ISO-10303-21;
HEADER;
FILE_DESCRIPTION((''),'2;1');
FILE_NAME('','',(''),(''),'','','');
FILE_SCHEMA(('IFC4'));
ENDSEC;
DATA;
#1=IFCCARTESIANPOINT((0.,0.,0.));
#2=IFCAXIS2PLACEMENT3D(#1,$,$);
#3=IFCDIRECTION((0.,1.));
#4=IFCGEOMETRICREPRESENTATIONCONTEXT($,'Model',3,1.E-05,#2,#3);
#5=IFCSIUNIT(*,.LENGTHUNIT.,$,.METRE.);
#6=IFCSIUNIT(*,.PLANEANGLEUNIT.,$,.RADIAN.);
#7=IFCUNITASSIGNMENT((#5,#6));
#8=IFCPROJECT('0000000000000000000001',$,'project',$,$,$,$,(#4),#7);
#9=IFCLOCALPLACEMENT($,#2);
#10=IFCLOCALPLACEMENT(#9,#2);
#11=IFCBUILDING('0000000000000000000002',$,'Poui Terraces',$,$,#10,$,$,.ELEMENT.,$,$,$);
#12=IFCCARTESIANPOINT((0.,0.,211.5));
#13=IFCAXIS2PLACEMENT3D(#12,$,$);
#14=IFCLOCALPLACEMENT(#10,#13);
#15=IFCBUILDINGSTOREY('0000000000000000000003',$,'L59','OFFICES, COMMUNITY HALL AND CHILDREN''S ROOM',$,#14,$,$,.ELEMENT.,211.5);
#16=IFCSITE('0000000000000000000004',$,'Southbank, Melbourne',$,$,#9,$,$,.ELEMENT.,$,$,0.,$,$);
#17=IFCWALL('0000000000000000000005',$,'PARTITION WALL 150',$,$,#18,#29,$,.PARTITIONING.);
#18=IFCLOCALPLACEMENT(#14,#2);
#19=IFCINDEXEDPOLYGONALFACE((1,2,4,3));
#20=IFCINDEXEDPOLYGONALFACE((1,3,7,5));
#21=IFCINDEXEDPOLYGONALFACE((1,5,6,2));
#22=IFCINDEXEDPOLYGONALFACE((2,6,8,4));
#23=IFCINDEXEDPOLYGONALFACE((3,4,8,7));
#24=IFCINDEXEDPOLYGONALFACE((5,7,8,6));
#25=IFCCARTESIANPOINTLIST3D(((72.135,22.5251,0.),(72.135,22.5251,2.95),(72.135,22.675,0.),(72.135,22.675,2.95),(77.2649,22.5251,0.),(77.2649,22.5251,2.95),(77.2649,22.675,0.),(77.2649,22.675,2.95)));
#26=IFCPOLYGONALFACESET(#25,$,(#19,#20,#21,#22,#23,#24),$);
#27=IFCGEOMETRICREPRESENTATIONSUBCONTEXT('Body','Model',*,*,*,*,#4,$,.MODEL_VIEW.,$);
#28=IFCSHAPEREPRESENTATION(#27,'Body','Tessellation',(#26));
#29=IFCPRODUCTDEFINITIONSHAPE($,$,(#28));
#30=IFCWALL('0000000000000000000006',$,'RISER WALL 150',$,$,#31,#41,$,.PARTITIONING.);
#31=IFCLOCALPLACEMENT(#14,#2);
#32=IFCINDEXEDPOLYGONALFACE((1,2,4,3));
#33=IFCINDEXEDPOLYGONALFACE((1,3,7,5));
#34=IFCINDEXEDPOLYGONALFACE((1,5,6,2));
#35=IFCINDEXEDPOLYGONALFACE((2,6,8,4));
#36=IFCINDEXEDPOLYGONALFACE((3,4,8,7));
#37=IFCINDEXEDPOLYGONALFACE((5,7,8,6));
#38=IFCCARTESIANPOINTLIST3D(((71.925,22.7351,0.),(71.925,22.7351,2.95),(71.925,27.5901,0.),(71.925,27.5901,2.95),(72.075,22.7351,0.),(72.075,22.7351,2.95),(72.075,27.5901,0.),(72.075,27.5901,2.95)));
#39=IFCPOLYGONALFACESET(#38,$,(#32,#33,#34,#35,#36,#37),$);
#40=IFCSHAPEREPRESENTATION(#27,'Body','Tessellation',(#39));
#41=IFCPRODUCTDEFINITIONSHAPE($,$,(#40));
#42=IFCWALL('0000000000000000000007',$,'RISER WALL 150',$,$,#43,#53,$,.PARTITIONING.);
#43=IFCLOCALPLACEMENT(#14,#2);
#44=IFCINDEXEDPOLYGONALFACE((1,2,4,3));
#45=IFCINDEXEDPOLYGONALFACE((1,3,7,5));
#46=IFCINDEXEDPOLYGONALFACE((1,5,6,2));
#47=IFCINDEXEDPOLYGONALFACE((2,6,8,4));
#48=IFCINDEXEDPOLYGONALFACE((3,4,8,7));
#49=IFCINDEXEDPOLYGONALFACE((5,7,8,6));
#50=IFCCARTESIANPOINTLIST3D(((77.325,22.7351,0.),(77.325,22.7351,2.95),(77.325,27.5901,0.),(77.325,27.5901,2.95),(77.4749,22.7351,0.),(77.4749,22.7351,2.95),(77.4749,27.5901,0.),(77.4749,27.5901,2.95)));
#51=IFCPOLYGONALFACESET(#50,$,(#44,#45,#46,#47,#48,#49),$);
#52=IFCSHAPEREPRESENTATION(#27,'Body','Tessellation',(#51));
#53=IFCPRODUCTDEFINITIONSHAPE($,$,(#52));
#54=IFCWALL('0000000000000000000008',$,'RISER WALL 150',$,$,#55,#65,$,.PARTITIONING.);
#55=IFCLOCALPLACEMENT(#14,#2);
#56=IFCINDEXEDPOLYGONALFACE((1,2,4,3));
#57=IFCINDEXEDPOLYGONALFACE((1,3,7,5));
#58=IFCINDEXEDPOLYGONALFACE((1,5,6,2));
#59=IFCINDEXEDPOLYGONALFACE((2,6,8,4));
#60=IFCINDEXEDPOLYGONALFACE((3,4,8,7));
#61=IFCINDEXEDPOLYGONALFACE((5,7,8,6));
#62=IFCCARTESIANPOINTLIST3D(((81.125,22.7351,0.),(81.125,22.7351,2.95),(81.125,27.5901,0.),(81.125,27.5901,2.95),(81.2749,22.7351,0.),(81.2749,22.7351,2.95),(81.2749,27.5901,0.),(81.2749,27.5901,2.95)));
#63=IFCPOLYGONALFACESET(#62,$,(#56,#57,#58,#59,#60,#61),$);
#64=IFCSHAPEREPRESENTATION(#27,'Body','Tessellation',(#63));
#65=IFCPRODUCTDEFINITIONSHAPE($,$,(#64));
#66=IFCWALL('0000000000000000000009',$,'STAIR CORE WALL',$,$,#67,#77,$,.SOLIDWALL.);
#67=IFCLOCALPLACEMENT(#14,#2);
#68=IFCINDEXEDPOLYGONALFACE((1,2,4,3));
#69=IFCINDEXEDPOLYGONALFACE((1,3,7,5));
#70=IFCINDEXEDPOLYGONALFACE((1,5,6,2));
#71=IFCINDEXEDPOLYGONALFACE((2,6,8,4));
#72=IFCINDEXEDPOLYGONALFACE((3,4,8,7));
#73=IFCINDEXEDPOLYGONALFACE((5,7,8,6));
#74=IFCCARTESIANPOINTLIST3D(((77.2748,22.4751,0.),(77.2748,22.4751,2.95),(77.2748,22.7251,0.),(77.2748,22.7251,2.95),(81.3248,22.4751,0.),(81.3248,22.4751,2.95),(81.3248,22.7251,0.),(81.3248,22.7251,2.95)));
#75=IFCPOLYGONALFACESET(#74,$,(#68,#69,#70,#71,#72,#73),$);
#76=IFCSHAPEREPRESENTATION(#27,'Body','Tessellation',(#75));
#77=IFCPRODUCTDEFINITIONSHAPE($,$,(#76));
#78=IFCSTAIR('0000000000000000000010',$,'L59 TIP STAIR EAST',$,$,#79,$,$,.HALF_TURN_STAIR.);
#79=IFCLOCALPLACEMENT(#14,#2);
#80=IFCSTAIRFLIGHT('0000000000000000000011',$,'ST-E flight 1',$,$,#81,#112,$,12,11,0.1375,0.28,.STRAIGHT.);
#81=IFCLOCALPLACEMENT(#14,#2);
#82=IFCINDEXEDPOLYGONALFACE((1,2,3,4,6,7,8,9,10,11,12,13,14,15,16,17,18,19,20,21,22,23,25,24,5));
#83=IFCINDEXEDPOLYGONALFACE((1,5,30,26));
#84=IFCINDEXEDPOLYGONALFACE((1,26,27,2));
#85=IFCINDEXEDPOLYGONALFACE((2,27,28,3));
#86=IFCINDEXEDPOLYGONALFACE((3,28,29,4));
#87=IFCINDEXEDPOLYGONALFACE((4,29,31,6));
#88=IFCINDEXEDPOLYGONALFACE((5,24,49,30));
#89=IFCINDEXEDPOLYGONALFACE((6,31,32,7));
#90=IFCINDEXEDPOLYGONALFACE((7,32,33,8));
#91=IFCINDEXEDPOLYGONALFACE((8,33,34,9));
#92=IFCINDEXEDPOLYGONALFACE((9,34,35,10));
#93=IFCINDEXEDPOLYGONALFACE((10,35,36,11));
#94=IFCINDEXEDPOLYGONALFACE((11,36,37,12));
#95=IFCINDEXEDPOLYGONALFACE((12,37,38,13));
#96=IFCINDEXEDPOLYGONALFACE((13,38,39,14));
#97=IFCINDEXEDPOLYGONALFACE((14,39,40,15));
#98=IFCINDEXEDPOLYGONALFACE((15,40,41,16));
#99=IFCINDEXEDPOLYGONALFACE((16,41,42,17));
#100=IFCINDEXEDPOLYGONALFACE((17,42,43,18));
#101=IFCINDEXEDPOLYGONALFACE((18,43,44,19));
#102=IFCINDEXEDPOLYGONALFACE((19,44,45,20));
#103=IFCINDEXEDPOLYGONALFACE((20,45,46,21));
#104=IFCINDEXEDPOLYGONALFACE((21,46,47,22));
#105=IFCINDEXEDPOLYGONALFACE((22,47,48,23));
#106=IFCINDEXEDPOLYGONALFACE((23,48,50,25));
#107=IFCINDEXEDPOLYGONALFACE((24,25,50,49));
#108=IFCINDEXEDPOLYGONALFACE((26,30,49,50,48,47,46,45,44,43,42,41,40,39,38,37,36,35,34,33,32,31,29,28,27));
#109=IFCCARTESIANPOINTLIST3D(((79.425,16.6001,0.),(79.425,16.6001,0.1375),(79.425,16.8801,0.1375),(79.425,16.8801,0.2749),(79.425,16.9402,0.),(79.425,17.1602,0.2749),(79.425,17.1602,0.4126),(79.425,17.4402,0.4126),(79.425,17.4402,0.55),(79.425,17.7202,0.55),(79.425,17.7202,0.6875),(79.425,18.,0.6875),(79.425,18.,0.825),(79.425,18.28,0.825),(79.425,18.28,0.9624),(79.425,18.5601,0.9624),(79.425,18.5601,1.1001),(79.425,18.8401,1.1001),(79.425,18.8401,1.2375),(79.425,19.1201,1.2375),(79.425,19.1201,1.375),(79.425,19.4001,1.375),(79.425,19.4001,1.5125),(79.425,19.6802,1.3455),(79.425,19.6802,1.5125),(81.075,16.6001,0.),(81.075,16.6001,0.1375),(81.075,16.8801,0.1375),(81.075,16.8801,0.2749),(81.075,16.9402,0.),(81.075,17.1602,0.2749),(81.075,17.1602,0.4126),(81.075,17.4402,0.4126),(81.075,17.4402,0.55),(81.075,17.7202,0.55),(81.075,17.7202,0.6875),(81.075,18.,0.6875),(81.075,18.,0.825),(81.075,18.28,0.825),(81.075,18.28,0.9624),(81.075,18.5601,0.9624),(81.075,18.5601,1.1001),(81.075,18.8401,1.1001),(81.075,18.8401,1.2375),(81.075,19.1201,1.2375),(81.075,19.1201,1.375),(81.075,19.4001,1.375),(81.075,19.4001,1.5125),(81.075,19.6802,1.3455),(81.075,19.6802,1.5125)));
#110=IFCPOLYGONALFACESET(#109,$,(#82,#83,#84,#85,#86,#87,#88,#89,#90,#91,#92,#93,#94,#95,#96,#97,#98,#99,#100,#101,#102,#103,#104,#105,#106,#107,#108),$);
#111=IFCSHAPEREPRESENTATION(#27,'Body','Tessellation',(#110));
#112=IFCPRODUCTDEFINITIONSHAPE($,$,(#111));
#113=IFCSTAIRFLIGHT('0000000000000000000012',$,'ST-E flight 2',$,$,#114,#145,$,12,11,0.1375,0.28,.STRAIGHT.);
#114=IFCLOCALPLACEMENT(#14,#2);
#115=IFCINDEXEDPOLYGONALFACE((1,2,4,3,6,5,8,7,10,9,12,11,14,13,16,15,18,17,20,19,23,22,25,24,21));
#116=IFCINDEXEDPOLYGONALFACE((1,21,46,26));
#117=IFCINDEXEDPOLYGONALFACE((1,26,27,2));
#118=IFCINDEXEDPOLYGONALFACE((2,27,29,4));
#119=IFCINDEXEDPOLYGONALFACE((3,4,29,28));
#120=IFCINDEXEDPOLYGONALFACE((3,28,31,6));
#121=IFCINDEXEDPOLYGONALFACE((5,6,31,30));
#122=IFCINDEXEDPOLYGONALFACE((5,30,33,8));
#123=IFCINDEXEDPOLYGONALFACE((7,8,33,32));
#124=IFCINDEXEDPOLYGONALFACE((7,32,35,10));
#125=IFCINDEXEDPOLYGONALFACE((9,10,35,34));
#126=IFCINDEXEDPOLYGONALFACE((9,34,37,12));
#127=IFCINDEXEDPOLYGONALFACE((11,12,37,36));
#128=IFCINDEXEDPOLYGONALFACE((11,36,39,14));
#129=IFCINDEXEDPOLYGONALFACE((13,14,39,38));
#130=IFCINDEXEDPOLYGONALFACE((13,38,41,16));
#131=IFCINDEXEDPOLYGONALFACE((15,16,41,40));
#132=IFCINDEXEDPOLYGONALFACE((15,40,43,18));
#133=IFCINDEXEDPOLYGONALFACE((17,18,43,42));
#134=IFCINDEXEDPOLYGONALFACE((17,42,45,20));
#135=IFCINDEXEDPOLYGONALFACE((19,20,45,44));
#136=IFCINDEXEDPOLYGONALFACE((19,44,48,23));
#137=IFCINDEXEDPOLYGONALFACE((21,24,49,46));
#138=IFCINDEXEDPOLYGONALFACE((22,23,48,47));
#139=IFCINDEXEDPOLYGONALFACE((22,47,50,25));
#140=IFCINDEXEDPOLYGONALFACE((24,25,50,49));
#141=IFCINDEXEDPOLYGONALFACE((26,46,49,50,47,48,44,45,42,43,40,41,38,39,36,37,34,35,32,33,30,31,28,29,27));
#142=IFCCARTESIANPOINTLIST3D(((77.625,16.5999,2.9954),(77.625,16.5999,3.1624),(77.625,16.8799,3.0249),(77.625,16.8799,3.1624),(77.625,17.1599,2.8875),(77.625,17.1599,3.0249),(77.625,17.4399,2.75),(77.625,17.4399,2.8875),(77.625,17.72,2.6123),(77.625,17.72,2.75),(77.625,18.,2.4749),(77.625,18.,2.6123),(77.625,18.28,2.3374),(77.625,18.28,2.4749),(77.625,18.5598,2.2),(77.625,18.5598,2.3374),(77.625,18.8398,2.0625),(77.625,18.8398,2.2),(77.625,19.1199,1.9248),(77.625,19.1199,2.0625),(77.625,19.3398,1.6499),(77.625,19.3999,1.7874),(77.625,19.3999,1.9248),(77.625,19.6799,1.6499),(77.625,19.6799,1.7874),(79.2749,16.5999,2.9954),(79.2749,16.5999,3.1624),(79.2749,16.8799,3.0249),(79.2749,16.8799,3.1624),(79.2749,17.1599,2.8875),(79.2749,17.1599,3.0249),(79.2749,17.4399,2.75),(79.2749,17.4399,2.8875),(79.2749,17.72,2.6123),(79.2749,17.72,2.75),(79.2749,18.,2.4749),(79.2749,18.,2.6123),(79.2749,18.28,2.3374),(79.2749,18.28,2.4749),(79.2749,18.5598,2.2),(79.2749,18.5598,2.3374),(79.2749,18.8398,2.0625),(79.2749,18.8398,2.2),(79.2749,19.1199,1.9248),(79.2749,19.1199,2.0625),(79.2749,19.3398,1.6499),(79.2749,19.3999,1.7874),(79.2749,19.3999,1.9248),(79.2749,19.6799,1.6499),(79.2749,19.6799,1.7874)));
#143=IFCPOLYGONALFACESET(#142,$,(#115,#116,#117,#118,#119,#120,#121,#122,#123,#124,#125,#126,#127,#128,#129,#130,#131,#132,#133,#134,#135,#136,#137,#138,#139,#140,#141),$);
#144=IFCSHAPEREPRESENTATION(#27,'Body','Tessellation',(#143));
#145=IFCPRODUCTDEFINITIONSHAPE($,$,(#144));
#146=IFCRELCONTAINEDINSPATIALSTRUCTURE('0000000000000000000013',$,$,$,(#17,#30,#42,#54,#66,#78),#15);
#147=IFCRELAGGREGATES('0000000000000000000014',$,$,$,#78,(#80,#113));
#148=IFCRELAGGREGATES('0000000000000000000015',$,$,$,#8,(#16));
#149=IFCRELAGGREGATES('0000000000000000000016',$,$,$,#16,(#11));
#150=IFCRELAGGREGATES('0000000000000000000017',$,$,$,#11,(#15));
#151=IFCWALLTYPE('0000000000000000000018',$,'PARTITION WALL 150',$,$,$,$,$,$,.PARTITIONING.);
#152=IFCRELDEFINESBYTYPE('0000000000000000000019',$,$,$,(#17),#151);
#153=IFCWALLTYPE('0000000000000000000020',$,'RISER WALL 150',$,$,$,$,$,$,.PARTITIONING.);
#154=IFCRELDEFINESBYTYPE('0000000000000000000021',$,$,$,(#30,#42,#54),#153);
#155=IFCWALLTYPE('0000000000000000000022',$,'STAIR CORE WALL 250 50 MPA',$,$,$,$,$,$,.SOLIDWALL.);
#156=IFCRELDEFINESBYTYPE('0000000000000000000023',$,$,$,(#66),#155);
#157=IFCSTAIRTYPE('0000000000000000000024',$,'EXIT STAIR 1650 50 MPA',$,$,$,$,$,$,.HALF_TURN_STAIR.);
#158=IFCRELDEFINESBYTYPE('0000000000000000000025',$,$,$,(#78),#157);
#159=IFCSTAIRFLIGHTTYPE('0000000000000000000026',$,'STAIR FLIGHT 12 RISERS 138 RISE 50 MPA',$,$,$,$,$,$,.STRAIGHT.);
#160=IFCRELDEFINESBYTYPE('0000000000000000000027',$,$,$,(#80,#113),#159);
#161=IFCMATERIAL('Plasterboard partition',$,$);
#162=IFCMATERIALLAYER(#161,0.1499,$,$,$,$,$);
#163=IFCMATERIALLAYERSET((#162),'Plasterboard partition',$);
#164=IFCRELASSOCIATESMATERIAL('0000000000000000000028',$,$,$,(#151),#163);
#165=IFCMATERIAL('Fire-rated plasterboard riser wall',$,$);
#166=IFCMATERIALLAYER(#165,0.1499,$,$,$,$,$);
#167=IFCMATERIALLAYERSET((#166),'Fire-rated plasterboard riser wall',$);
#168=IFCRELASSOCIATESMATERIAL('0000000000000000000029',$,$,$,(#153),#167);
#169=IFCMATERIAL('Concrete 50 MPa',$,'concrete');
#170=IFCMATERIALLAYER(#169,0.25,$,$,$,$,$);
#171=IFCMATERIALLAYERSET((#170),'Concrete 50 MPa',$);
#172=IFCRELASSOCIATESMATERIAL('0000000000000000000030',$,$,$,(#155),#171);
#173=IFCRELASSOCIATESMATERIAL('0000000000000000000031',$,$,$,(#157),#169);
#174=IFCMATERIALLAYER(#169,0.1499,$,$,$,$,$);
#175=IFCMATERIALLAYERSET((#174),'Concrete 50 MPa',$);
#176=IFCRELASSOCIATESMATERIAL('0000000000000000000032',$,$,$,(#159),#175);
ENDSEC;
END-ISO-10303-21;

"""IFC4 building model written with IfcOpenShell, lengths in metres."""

from ifc_helpers import new_model, si_unit, direction, frame, frame_2d, origin, place, context, subcontext, project, spatial, polyline, rectangle, outline, extrude, material, layer, layer_set, type_object, element, aggregate, save


model = new_model("IFC4")

# Units and contexts
model_context = context("Model", 3, precision=1e-05, world=origin(), true_north=direction((0.0, 1.0)))
body_context = subcontext(model_context, "Body", "Model", "MODEL_VIEW")
ifc_project = project(units=[si_unit("LENGTHUNIT", "METRE"), si_unit("PLANEANGLEUNIT", "RADIAN")], contexts=[model_context])

# Site, building, storey
site_placement = place(None, origin())
site = spatial("IfcSite", under=ifc_project, at=site_placement, Name="Southbank, Melbourne", CompositionType="ELEMENT", RefElevation=0.0)
building_placement = place(site_placement, origin())
building = spatial("IfcBuilding", under=site, at=building_placement, Name="Poui Terraces", CompositionType="ELEMENT")
storey_placement = place(building_placement, frame((0.0, 0.0, 211.5)))
storey = spatial("IfcBuildingStorey", under=building, at=storey_placement, Name="L59", Description="OFFICES, COMMUNITY HALL AND CHILDREN'S ROOM", CompositionType="ELEMENT", Elevation=211.5)

# Walls
ifc_material_1 = material(Name="Plasterboard partition")
ifc_layer_1 = layer(ifc_material_1, 0.1499)
ifc_layer_set_1 = layer_set([ifc_layer_1], Name="Plasterboard partition")
wall_type_1 = type_object("IfcWallType", Name="PARTITION WALL 150", PredefinedType="PARTITIONING", material=ifc_layer_set_1)
wall_1_placement = place(storey_placement, frame((72.135, 22.6001, 0.0), z_axis=(0.0, 0.0, 1.0), x_axis=(1.0, 0.0, 0.0)))
element("IfcWall", 1, at=wall_1_placement, inside=storey, type_object=wall_type_1, Name="PARTITION WALL 150", PredefinedType="PARTITIONING", context=body_context, shape_type="SweptSolid", body=[
    extrude(rectangle(XDim=5.1299, YDim=0.1499, at=frame_2d((2.5649, 0.0))), origin(), (0.0, 0.0, 1.0), 2.95),
])
ifc_material_2 = material(Name="Fire-rated plasterboard riser wall")
ifc_layer_2 = layer(ifc_material_2, 0.1499)
ifc_layer_set_2 = layer_set([ifc_layer_2], Name="Fire-rated plasterboard riser wall")
wall_type_2 = type_object("IfcWallType", Name="RISER WALL 150", PredefinedType="PARTITIONING", material=ifc_layer_set_2)
for number, where, z_axis, x_axis, name in (
    (2, (72.0, 22.7351, 0.0), (0.0, 0.0, 1.0), (0.0, 1.0, 0.0), "RISER WALL 150"),
    (3, (77.3999, 22.7351, 0.0), (0.0, 0.0, 1.0), (0.0, 1.0, 0.0), "RISER WALL 150"),
    (4, (81.2, 22.7351, 0.0), (0.0, 0.0, 1.0), (0.0, 1.0, 0.0), "RISER WALL 150"),
):
    element("IfcWall", number, at=place(storey_placement, frame(where, z_axis=z_axis, x_axis=x_axis)), inside=storey, type_object=wall_type_2, Name=name, PredefinedType="PARTITIONING", context=body_context, shape_type="SweptSolid", body=[
        extrude(rectangle(XDim=4.855, YDim=0.1499, at=frame_2d((2.4275, 0.0))), origin(), (0.0, 0.0, 1.0), 2.95),
    ])
ifc_material_3 = material(Name="Concrete 50 MPa", Category="concrete")
ifc_layer_3 = layer(ifc_material_3, 0.25)
ifc_layer_set_3 = layer_set([ifc_layer_3], Name="Concrete 50 MPa")
wall_type_3 = type_object("IfcWallType", Name="STAIR CORE WALL 250 50 MPA", PredefinedType="SOLIDWALL", material=ifc_layer_set_3)
wall_2_placement = place(storey_placement, frame((77.2749, 22.6001, 0.0), z_axis=(0.0, 0.0, 1.0), x_axis=(1.0, 0.0, 0.0)))
element("IfcWall", 5, at=wall_2_placement, inside=storey, type_object=wall_type_3, Name="STAIR CORE WALL", PredefinedType="SOLIDWALL", context=body_context, shape_type="SweptSolid", body=[
    extrude(rectangle(XDim=4.05, YDim=0.25, at=frame_2d((2.0249, 0.0))), origin(), (0.0, 0.0, 1.0), 2.95),
])

# Stair, stair flights
stair_type = type_object("IfcStairType", Name="EXIT STAIR 1650 50 MPA", PredefinedType="HALF_TURN_STAIR", material=ifc_material_3)
stair_placement = place(storey_placement, origin())
stair = element("IfcStair", 6, at=stair_placement, inside=storey, type_object=stair_type, Name="L59 TIP STAIR EAST", PredefinedType="HALF_TURN_STAIR")
ifc_layer_4 = layer(ifc_material_3, 0.1499)
ifc_layer_set_4 = layer_set([ifc_layer_4], Name="Concrete 50 MPa")
stair_flight_type = type_object("IfcStairFlightType", Name="STAIR FLIGHT 12 RISERS 138 RISE 50 MPA", PredefinedType="STRAIGHT", material=ifc_layer_set_4)
stair_flight_1_placement = place(storey_placement, frame((80.25, 16.6001, 0.0), z_axis=(0.0, 0.0, 1.0), x_axis=(0.0, 1.0, 0.0)))
stair_flight_1 = element("IfcStairFlight", 7, at=stair_flight_1_placement, type_object=stair_flight_type, Name="ST-E flight 1", NumberOfRisers=12, NumberOfTreads=11, PredefinedType="STRAIGHT", RiserHeight=0.1375, TreadLength=0.28, context=body_context, shape_type="SweptSolid", body=[
    extrude(outline(polyline([(0.0, 0.0), (0.0, 0.1375), (0.28, 0.1375), (0.28, 0.2749), (0.5601, 0.2749), (0.5601, 0.4126), (0.8401, 0.4126), (0.8401, 0.55), (1.1201, 0.55), (1.1201, 0.6875), (1.3999, 0.6875), (1.3999, 0.825), (1.6799, 0.825), (1.6799, 0.9624), (1.96, 0.9624), (1.96, 1.1001), (2.24, 1.1001), (2.24, 1.2375), (2.52, 1.2375), (2.52, 1.375), (2.8, 1.375), (2.8, 1.5125), (3.0801, 1.5125), (3.0801, 1.6499), (3.0801, 1.3455), (0.3401, 0.0), (0.0, 0.0)])), frame((0.0, 0.825, 0.0), z_axis=(0.0, -1.0, 0.0), x_axis=(1.0, 0.0, 0.0)), (0.0, 0.0, 1.0), 1.6499),
])
stair_flight_2_placement = place(storey_placement, frame((78.45, 19.6799, 1.6499), z_axis=(0.0, 0.0, 1.0), x_axis=(0.0, -1.0, 0.0)))
stair_flight_2 = element("IfcStairFlight", 8, at=stair_flight_2_placement, type_object=stair_flight_type, Name="ST-E flight 2", NumberOfRisers=12, NumberOfTreads=11, PredefinedType="STRAIGHT", RiserHeight=0.1375, TreadLength=0.28, context=body_context, shape_type="SweptSolid", body=[
    extrude(outline(polyline([(0.0, 0.0), (0.0, 0.1375), (0.28, 0.1375), (0.28, 0.2749), (0.5601, 0.2749), (0.5601, 0.4126), (0.8401, 0.4126), (0.8401, 0.55), (1.1201, 0.55), (1.1201, 0.6875), (1.3999, 0.6875), (1.3999, 0.825), (1.6799, 0.825), (1.6799, 0.9624), (1.96, 0.9624), (1.96, 1.1001), (2.24, 1.1001), (2.24, 1.2375), (2.52, 1.2375), (2.52, 1.375), (2.8, 1.375), (2.8, 1.5125), (3.0801, 1.5125), (3.0801, 1.6499), (3.0801, 1.3455), (0.3401, 0.0), (0.0, 0.0)])), frame((0.0, 0.825, 0.0), z_axis=(0.0, -1.0, 0.0), x_axis=(1.0, 0.0, 0.0)), (0.0, 0.0, 1.0), 1.6499),
])
aggregate(stair, [stair_flight_1, stair_flight_2])

save(model, "model.ifc")
